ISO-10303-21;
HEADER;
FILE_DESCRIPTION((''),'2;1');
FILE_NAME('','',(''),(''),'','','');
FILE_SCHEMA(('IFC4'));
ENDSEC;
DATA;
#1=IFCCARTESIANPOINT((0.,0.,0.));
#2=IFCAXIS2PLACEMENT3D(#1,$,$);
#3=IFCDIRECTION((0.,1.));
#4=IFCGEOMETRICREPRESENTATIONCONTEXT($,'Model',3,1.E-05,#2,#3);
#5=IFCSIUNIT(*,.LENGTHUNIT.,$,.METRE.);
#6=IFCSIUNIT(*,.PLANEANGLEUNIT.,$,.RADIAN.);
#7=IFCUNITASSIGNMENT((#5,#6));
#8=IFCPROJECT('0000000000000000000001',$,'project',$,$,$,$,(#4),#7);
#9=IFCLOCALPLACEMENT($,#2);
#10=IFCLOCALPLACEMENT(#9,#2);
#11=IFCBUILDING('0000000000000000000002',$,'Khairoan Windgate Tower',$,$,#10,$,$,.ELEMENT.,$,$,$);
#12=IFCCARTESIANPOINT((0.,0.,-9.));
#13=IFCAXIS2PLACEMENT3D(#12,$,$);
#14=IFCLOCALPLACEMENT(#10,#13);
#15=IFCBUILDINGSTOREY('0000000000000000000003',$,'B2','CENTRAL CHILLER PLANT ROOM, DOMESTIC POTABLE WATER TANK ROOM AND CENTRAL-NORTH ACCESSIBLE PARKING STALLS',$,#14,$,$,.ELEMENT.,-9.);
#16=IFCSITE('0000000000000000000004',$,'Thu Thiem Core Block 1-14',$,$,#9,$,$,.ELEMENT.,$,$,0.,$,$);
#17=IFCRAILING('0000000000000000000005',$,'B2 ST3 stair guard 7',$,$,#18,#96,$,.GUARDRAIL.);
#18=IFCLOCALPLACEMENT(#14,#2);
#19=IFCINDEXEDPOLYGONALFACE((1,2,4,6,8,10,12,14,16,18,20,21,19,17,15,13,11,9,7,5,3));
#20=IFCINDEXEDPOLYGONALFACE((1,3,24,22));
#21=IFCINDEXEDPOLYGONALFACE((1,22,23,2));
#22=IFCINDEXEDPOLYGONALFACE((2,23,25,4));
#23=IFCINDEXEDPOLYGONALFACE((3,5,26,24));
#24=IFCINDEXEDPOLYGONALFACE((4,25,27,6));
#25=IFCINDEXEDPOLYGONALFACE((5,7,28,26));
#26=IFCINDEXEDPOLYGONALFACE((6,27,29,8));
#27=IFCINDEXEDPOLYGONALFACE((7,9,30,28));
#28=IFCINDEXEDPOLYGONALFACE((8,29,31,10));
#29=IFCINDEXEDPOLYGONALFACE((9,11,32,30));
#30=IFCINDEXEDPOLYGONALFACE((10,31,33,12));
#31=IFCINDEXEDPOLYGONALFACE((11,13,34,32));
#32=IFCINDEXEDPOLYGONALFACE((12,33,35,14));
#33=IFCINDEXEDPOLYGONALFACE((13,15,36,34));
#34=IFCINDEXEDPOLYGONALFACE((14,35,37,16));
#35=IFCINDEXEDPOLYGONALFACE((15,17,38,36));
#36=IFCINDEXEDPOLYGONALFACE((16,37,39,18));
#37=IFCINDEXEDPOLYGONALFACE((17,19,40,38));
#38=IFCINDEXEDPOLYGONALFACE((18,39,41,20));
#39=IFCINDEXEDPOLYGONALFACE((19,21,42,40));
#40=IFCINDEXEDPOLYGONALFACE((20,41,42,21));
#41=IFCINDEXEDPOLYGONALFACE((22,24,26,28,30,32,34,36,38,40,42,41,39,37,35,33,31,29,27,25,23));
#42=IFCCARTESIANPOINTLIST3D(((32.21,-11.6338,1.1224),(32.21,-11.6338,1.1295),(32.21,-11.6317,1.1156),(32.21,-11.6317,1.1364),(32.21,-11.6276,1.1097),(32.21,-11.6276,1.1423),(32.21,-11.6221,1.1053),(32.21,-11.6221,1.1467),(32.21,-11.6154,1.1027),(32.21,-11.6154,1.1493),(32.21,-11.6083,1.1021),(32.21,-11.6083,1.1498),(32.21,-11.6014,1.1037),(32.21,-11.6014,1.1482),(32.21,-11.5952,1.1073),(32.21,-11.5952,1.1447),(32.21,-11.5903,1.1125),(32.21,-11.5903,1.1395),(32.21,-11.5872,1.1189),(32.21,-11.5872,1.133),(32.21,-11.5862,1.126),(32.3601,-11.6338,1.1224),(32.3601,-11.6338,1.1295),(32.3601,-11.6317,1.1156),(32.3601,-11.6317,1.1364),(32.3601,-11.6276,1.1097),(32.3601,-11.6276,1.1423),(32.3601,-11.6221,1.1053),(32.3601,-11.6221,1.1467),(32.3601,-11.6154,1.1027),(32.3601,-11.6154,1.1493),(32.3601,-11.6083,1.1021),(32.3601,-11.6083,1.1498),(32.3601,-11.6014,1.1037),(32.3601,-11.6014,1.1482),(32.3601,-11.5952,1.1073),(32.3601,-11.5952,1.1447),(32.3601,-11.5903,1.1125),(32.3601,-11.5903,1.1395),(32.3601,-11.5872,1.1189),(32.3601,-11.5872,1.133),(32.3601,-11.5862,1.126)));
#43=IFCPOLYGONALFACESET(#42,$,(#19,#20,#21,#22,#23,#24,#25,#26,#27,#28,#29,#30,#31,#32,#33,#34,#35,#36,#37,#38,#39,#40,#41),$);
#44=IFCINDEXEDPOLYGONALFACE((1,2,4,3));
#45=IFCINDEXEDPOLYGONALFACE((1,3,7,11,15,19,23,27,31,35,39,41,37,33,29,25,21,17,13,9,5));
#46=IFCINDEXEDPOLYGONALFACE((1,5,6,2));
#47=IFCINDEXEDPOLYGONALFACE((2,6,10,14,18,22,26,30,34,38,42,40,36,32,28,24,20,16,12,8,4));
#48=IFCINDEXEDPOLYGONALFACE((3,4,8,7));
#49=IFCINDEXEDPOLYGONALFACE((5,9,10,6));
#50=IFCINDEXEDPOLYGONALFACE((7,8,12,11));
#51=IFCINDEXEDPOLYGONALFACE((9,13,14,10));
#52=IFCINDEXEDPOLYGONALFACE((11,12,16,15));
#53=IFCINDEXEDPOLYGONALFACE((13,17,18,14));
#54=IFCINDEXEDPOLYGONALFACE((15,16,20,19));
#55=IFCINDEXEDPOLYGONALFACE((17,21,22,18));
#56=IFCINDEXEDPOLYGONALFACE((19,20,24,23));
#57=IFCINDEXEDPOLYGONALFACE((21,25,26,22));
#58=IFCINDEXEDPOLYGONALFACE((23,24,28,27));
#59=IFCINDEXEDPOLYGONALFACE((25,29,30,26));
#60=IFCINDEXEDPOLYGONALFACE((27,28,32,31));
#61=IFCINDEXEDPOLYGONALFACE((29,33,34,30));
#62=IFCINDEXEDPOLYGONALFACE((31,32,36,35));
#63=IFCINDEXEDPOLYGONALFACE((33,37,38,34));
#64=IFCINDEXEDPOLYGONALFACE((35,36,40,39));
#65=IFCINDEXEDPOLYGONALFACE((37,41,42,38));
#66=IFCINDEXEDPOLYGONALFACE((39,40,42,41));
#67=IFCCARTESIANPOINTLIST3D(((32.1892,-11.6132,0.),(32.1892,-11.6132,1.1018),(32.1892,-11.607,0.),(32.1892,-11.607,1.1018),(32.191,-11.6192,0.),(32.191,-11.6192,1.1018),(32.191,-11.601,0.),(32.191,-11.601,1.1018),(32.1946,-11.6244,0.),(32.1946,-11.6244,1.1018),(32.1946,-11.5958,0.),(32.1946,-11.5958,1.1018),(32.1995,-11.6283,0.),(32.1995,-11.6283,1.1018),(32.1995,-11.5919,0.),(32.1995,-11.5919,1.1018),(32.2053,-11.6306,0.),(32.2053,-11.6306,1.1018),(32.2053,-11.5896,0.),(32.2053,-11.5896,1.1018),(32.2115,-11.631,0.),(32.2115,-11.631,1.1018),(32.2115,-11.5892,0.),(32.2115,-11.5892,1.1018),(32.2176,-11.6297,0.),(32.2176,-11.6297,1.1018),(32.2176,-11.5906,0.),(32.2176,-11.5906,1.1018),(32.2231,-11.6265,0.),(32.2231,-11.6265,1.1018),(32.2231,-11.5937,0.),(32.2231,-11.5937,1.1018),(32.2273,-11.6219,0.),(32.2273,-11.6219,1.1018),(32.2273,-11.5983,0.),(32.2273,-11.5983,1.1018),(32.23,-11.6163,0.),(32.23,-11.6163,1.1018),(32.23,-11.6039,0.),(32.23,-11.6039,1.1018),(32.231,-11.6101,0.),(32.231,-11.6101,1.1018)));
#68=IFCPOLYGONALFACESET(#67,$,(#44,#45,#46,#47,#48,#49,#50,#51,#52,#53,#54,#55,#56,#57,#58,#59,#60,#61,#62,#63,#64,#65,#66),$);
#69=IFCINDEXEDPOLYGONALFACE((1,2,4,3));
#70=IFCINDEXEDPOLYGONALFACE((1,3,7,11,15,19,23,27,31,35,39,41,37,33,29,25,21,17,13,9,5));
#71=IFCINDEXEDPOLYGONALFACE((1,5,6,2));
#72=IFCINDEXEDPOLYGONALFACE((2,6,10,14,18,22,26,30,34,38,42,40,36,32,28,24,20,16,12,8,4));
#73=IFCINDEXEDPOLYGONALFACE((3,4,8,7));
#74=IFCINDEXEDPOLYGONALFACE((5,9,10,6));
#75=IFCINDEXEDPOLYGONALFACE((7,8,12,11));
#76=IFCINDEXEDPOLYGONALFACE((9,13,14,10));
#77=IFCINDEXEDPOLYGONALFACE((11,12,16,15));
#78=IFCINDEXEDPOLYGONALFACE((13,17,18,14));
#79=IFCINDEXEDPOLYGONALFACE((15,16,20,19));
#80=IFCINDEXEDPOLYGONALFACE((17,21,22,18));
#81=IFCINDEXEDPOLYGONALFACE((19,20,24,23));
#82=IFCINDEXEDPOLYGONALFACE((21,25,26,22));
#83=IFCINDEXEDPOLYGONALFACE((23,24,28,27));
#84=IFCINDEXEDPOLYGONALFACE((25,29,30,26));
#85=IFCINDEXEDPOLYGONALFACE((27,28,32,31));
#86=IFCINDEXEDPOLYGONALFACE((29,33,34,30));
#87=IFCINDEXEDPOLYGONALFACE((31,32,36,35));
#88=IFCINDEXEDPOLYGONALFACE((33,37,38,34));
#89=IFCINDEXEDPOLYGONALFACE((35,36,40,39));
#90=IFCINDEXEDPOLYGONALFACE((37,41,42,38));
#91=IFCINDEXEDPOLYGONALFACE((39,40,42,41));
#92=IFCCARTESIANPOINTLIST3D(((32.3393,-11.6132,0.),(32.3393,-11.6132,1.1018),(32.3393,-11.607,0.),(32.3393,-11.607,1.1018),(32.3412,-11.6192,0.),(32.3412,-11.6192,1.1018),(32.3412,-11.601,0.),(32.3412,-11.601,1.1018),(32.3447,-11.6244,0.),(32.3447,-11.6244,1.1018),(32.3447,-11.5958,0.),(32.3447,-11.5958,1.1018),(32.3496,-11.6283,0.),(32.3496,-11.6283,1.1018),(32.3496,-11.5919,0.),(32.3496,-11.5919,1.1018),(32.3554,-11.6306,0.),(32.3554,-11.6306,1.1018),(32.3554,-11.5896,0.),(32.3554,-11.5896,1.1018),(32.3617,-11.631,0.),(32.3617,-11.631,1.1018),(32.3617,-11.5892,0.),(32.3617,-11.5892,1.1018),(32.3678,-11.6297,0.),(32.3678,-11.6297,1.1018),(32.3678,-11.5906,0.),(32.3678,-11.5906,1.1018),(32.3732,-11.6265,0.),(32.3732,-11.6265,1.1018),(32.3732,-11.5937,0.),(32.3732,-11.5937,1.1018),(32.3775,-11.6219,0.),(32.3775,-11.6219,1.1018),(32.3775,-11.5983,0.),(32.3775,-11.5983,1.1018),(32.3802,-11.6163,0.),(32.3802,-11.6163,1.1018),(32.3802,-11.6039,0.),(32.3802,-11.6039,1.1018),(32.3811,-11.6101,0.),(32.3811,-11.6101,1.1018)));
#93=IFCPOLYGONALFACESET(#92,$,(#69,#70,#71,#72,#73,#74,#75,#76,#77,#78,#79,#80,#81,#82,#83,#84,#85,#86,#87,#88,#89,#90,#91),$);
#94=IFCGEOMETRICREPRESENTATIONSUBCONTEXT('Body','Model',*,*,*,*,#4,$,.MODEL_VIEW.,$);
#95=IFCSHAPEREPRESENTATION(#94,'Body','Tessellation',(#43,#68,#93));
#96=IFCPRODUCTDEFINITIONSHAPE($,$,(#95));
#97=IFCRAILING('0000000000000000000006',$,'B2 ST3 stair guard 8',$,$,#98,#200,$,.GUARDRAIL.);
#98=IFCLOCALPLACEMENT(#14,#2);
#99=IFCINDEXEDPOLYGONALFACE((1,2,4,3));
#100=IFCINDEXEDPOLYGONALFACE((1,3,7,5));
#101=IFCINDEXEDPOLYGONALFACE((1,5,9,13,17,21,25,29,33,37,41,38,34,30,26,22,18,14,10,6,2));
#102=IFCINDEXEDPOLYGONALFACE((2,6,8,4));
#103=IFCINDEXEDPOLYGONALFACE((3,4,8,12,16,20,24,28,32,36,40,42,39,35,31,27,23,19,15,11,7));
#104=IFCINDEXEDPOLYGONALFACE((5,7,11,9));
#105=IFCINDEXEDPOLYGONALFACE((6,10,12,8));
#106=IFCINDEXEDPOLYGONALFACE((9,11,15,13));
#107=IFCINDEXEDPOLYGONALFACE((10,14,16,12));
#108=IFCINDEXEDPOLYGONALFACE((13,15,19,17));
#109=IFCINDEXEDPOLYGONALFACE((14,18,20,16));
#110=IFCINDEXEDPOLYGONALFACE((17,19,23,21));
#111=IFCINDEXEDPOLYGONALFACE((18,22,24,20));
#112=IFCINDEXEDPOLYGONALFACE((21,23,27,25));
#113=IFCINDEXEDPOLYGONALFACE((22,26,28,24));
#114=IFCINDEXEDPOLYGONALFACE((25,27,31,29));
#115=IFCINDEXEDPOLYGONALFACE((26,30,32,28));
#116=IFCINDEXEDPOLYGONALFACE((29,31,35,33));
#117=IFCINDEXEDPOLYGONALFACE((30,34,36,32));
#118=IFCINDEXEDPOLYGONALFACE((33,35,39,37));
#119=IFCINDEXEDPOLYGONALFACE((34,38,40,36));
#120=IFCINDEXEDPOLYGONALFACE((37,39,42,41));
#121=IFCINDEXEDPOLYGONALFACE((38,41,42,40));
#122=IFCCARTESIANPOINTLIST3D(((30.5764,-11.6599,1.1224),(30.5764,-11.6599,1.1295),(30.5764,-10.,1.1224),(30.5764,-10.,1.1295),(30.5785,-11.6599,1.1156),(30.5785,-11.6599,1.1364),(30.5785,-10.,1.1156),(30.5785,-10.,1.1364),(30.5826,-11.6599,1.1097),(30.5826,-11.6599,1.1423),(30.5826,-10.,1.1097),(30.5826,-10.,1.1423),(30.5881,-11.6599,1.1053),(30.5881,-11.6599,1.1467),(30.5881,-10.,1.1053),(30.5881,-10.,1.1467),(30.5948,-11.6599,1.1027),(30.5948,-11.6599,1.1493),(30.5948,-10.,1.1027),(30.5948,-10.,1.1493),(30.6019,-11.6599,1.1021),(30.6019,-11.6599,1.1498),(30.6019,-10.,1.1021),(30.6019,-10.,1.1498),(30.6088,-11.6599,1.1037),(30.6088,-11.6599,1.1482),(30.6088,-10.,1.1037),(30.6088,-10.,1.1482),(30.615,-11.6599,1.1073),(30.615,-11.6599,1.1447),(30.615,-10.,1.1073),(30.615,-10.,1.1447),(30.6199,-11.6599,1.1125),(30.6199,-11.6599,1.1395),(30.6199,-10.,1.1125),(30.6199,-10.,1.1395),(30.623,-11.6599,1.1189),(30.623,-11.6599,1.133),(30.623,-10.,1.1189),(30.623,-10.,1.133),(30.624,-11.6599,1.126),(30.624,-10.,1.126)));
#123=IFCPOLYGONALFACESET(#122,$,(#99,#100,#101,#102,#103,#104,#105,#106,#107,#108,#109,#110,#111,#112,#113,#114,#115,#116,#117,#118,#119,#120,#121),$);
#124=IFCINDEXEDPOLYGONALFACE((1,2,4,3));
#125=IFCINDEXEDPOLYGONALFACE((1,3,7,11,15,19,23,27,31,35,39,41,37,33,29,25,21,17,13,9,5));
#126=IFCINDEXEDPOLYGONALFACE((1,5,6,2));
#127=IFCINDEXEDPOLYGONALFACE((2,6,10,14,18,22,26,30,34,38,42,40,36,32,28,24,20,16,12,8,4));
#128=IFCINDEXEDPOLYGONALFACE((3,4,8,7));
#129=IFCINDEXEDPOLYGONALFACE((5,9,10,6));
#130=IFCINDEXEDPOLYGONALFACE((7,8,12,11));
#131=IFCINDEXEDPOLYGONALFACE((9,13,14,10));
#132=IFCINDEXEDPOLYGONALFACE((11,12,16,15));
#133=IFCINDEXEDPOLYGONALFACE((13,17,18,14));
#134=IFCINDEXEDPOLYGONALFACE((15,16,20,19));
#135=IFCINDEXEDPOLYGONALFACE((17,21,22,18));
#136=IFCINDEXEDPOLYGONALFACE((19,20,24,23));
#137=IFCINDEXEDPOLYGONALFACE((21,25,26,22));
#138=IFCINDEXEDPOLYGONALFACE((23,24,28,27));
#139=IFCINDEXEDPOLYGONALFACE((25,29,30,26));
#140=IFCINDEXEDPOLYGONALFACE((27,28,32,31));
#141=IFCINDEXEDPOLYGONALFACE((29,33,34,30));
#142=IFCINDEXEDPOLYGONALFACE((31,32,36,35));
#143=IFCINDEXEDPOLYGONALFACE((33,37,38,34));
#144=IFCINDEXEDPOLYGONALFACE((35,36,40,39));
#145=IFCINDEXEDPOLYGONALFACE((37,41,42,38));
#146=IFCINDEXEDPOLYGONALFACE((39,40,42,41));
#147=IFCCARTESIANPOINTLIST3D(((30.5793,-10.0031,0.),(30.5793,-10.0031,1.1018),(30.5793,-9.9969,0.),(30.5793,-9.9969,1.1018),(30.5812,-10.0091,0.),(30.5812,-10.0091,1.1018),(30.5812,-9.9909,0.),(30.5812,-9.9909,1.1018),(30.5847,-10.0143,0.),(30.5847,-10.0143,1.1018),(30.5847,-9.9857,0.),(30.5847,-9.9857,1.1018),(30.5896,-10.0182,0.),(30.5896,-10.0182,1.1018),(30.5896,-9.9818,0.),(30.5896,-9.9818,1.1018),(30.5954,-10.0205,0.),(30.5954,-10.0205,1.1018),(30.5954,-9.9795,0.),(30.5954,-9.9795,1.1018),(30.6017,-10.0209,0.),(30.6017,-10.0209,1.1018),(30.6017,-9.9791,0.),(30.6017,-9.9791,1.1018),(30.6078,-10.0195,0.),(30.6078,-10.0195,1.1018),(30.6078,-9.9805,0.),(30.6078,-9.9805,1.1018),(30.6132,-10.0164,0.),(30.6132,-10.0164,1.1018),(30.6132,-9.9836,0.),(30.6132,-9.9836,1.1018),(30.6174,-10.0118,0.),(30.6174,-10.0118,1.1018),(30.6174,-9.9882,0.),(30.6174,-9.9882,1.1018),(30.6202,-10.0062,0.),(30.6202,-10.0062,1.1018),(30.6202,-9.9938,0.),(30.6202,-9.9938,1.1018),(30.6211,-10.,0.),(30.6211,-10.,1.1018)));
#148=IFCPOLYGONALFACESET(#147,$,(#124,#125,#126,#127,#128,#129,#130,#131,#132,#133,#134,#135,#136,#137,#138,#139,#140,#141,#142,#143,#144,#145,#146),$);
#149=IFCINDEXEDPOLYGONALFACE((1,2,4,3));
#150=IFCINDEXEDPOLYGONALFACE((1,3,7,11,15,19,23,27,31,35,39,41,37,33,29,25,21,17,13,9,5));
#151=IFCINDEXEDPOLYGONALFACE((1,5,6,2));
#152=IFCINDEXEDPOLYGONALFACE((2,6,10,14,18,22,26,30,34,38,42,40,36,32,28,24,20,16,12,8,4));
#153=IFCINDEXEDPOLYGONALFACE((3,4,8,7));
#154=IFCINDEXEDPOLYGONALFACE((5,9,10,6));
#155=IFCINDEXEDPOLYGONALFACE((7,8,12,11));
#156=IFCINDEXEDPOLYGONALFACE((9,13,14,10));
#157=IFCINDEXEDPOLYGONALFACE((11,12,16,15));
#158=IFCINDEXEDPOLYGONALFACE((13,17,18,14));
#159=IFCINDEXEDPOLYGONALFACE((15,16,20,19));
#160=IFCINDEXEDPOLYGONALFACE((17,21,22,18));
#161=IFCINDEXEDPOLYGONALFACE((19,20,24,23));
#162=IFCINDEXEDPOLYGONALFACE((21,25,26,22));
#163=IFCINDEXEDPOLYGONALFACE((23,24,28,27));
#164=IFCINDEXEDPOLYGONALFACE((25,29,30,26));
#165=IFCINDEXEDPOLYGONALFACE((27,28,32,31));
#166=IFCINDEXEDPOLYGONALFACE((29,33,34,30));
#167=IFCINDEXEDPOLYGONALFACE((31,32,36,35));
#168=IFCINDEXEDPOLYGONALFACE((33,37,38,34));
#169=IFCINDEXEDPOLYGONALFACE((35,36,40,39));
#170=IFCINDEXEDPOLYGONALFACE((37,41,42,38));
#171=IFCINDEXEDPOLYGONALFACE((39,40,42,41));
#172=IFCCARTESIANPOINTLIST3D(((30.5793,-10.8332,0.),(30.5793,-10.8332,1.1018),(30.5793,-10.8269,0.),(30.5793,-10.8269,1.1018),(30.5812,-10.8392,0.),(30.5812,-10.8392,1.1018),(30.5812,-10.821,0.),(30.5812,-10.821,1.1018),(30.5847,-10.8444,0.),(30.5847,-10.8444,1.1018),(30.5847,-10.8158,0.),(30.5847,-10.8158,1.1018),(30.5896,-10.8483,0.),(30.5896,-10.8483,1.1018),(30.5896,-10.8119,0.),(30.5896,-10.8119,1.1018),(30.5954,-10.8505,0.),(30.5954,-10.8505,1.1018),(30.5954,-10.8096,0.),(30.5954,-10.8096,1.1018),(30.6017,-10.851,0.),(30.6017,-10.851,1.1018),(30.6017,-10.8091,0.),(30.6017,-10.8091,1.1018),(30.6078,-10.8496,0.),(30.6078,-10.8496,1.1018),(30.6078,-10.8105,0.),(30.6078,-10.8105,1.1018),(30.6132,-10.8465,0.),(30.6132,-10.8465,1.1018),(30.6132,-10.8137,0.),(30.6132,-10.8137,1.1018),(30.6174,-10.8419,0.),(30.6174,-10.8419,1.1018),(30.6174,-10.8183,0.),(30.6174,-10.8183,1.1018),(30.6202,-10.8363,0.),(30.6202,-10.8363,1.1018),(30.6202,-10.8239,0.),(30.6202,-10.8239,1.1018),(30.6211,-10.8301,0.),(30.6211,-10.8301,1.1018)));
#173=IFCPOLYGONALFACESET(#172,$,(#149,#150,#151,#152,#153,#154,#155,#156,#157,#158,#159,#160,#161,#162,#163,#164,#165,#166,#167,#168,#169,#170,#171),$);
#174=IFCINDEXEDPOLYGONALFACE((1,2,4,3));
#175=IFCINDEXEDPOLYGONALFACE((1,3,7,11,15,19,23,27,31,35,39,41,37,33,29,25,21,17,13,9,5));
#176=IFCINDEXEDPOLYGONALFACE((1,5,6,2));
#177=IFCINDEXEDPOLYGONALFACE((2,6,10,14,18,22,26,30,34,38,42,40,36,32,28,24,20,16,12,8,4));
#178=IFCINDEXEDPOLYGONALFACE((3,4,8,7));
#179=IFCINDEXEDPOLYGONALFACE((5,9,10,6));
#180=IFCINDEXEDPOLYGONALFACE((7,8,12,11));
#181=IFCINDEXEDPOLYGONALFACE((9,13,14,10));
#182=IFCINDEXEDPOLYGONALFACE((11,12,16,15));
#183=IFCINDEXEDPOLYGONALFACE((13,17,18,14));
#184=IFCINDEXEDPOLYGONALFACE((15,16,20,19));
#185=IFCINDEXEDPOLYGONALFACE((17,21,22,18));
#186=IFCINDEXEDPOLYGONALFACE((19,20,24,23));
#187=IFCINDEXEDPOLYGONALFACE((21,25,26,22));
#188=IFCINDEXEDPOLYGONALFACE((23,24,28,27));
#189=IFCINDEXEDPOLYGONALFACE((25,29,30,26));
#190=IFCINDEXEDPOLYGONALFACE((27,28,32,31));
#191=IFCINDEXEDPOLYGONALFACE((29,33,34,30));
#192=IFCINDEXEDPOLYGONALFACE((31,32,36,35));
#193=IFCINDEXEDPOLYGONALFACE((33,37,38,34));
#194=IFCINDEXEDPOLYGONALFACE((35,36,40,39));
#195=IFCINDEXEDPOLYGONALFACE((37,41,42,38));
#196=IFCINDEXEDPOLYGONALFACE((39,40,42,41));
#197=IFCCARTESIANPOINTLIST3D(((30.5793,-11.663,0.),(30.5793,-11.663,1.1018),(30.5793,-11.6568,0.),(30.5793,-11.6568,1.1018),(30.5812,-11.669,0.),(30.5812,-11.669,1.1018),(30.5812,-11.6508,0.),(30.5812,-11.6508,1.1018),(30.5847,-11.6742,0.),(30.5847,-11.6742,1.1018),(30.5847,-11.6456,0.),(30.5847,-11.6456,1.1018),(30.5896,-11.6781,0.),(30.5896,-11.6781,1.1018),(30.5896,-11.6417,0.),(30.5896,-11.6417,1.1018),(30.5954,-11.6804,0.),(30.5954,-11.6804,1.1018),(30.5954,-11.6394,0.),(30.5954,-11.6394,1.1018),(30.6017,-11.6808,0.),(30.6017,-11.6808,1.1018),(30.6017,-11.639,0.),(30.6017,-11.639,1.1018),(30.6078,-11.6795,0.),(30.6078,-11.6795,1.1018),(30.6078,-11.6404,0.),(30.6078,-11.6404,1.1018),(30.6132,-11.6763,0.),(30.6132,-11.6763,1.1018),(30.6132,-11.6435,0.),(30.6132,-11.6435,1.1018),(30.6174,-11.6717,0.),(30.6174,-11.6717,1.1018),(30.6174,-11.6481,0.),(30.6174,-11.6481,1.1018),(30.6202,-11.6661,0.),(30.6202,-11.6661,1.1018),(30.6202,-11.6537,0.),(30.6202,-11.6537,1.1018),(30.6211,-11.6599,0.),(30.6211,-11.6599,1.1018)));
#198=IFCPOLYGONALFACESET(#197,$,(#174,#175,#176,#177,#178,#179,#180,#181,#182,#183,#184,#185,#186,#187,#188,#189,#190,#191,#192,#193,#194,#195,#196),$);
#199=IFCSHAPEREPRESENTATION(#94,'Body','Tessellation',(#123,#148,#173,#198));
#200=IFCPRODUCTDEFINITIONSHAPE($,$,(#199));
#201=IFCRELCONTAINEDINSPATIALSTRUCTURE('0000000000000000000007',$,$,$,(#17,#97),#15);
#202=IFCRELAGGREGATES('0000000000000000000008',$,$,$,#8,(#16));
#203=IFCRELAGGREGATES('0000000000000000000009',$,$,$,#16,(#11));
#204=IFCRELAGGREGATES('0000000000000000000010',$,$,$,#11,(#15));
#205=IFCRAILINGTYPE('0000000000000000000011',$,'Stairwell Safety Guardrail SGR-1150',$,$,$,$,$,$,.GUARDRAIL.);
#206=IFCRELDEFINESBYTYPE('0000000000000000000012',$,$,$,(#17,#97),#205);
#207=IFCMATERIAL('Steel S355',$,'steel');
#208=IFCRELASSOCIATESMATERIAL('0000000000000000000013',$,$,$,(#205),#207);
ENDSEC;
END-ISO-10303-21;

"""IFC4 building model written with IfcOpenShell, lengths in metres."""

from ifc_helpers import new_model, si_unit, direction, frame, origin, origin_2d, place, context, subcontext, project, spatial, circle, extrude, material, type_object, element, save


model = new_model("IFC4")

# Units and contexts
model_context = context("Model", 3, precision=1e-05, world=origin(), true_north=direction((0.0, 1.0)))
body_context = subcontext(model_context, "Body", "Model", "MODEL_VIEW")
ifc_project = project(units=[si_unit("LENGTHUNIT", "METRE"), si_unit("PLANEANGLEUNIT", "RADIAN")], contexts=[model_context])

# Site, building, storey
site_placement = place(None, origin())
site = spatial("IfcSite", under=ifc_project, at=site_placement, Name="Thu Thiem Core Block 1-14", CompositionType="ELEMENT", RefElevation=0.0)
building_placement = place(site_placement, origin())
building = spatial("IfcBuilding", under=site, at=building_placement, Name="Khairoan Windgate Tower", CompositionType="ELEMENT")
storey_placement = place(building_placement, frame((0.0, 0.0, -9.0)))
storey = spatial("IfcBuildingStorey", under=building, at=storey_placement, Name="B2", Description="CENTRAL CHILLER PLANT ROOM, DOMESTIC POTABLE WATER TANK ROOM AND CENTRAL-NORTH ACCESSIBLE PARKING STALLS", CompositionType="ELEMENT", Elevation=-9.0)

# Railings
ifc_material_1 = material(Name="Steel S355", Category="steel")
railing_type_1 = type_object("IfcRailingType", Name="Stairwell Safety Guardrail SGR-1150", PredefinedType="GUARDRAIL", material=ifc_material_1)
railing_1_placement = place(storey_placement, frame((32.21, -11.6101, 0.0)))
element("IfcRailing", 1, at=railing_1_placement, inside=storey, type_object=railing_type_1, Name="B2 ST3 stair guard 7", PredefinedType="GUARDRAIL", context=body_context, shape_type="SweptSolid", body=[
    extrude(circle(Radius=0.0239, at=origin_2d()), frame((0.0, 0.0, 1.126), z_axis=(1.0, 0.0, 0.0), x_axis=(0.0, 1.0, 0.0)), (0.0, 0.0, 1.0), 0.1501),
    extrude(circle(Radius=0.021, at=origin_2d()), origin(), (0.0, 0.0, 1.0), 1.1018),
    extrude(circle(Radius=0.021, at=origin_2d()), frame((0.1501, 0.0, 0.0)), (0.0, 0.0, 1.0), 1.1018),
])
for number, where, name in (
    (2, (30.6001, -10.0, 0.0), "B2 ST3 stair guard 8"),
):
    element("IfcRailing", number, at=place(storey_placement, frame(where)), inside=storey, type_object=railing_type_1, Name=name, PredefinedType="GUARDRAIL", context=body_context, shape_type="SweptSolid", body=[
        extrude(circle(Radius=0.0239, at=origin_2d()), frame((0.0, 0.0, 1.126), z_axis=(0.0, -1.0, 0.0), x_axis=(1.0, 0.0, 0.0)), (0.0, 0.0, 1.0), 1.6599),
        extrude(circle(Radius=0.021, at=origin_2d()), origin(), (0.0, 0.0, 1.0), 1.1018),
        extrude(circle(Radius=0.021, at=origin_2d()), frame((0.0, -0.8301, 0.0)), (0.0, 0.0, 1.0), 1.1018),
        extrude(circle(Radius=0.021, at=origin_2d()), frame((0.0, -1.6599, 0.0)), (0.0, 0.0, 1.0), 1.1018),
    ])

save(model, "model.ifc")
